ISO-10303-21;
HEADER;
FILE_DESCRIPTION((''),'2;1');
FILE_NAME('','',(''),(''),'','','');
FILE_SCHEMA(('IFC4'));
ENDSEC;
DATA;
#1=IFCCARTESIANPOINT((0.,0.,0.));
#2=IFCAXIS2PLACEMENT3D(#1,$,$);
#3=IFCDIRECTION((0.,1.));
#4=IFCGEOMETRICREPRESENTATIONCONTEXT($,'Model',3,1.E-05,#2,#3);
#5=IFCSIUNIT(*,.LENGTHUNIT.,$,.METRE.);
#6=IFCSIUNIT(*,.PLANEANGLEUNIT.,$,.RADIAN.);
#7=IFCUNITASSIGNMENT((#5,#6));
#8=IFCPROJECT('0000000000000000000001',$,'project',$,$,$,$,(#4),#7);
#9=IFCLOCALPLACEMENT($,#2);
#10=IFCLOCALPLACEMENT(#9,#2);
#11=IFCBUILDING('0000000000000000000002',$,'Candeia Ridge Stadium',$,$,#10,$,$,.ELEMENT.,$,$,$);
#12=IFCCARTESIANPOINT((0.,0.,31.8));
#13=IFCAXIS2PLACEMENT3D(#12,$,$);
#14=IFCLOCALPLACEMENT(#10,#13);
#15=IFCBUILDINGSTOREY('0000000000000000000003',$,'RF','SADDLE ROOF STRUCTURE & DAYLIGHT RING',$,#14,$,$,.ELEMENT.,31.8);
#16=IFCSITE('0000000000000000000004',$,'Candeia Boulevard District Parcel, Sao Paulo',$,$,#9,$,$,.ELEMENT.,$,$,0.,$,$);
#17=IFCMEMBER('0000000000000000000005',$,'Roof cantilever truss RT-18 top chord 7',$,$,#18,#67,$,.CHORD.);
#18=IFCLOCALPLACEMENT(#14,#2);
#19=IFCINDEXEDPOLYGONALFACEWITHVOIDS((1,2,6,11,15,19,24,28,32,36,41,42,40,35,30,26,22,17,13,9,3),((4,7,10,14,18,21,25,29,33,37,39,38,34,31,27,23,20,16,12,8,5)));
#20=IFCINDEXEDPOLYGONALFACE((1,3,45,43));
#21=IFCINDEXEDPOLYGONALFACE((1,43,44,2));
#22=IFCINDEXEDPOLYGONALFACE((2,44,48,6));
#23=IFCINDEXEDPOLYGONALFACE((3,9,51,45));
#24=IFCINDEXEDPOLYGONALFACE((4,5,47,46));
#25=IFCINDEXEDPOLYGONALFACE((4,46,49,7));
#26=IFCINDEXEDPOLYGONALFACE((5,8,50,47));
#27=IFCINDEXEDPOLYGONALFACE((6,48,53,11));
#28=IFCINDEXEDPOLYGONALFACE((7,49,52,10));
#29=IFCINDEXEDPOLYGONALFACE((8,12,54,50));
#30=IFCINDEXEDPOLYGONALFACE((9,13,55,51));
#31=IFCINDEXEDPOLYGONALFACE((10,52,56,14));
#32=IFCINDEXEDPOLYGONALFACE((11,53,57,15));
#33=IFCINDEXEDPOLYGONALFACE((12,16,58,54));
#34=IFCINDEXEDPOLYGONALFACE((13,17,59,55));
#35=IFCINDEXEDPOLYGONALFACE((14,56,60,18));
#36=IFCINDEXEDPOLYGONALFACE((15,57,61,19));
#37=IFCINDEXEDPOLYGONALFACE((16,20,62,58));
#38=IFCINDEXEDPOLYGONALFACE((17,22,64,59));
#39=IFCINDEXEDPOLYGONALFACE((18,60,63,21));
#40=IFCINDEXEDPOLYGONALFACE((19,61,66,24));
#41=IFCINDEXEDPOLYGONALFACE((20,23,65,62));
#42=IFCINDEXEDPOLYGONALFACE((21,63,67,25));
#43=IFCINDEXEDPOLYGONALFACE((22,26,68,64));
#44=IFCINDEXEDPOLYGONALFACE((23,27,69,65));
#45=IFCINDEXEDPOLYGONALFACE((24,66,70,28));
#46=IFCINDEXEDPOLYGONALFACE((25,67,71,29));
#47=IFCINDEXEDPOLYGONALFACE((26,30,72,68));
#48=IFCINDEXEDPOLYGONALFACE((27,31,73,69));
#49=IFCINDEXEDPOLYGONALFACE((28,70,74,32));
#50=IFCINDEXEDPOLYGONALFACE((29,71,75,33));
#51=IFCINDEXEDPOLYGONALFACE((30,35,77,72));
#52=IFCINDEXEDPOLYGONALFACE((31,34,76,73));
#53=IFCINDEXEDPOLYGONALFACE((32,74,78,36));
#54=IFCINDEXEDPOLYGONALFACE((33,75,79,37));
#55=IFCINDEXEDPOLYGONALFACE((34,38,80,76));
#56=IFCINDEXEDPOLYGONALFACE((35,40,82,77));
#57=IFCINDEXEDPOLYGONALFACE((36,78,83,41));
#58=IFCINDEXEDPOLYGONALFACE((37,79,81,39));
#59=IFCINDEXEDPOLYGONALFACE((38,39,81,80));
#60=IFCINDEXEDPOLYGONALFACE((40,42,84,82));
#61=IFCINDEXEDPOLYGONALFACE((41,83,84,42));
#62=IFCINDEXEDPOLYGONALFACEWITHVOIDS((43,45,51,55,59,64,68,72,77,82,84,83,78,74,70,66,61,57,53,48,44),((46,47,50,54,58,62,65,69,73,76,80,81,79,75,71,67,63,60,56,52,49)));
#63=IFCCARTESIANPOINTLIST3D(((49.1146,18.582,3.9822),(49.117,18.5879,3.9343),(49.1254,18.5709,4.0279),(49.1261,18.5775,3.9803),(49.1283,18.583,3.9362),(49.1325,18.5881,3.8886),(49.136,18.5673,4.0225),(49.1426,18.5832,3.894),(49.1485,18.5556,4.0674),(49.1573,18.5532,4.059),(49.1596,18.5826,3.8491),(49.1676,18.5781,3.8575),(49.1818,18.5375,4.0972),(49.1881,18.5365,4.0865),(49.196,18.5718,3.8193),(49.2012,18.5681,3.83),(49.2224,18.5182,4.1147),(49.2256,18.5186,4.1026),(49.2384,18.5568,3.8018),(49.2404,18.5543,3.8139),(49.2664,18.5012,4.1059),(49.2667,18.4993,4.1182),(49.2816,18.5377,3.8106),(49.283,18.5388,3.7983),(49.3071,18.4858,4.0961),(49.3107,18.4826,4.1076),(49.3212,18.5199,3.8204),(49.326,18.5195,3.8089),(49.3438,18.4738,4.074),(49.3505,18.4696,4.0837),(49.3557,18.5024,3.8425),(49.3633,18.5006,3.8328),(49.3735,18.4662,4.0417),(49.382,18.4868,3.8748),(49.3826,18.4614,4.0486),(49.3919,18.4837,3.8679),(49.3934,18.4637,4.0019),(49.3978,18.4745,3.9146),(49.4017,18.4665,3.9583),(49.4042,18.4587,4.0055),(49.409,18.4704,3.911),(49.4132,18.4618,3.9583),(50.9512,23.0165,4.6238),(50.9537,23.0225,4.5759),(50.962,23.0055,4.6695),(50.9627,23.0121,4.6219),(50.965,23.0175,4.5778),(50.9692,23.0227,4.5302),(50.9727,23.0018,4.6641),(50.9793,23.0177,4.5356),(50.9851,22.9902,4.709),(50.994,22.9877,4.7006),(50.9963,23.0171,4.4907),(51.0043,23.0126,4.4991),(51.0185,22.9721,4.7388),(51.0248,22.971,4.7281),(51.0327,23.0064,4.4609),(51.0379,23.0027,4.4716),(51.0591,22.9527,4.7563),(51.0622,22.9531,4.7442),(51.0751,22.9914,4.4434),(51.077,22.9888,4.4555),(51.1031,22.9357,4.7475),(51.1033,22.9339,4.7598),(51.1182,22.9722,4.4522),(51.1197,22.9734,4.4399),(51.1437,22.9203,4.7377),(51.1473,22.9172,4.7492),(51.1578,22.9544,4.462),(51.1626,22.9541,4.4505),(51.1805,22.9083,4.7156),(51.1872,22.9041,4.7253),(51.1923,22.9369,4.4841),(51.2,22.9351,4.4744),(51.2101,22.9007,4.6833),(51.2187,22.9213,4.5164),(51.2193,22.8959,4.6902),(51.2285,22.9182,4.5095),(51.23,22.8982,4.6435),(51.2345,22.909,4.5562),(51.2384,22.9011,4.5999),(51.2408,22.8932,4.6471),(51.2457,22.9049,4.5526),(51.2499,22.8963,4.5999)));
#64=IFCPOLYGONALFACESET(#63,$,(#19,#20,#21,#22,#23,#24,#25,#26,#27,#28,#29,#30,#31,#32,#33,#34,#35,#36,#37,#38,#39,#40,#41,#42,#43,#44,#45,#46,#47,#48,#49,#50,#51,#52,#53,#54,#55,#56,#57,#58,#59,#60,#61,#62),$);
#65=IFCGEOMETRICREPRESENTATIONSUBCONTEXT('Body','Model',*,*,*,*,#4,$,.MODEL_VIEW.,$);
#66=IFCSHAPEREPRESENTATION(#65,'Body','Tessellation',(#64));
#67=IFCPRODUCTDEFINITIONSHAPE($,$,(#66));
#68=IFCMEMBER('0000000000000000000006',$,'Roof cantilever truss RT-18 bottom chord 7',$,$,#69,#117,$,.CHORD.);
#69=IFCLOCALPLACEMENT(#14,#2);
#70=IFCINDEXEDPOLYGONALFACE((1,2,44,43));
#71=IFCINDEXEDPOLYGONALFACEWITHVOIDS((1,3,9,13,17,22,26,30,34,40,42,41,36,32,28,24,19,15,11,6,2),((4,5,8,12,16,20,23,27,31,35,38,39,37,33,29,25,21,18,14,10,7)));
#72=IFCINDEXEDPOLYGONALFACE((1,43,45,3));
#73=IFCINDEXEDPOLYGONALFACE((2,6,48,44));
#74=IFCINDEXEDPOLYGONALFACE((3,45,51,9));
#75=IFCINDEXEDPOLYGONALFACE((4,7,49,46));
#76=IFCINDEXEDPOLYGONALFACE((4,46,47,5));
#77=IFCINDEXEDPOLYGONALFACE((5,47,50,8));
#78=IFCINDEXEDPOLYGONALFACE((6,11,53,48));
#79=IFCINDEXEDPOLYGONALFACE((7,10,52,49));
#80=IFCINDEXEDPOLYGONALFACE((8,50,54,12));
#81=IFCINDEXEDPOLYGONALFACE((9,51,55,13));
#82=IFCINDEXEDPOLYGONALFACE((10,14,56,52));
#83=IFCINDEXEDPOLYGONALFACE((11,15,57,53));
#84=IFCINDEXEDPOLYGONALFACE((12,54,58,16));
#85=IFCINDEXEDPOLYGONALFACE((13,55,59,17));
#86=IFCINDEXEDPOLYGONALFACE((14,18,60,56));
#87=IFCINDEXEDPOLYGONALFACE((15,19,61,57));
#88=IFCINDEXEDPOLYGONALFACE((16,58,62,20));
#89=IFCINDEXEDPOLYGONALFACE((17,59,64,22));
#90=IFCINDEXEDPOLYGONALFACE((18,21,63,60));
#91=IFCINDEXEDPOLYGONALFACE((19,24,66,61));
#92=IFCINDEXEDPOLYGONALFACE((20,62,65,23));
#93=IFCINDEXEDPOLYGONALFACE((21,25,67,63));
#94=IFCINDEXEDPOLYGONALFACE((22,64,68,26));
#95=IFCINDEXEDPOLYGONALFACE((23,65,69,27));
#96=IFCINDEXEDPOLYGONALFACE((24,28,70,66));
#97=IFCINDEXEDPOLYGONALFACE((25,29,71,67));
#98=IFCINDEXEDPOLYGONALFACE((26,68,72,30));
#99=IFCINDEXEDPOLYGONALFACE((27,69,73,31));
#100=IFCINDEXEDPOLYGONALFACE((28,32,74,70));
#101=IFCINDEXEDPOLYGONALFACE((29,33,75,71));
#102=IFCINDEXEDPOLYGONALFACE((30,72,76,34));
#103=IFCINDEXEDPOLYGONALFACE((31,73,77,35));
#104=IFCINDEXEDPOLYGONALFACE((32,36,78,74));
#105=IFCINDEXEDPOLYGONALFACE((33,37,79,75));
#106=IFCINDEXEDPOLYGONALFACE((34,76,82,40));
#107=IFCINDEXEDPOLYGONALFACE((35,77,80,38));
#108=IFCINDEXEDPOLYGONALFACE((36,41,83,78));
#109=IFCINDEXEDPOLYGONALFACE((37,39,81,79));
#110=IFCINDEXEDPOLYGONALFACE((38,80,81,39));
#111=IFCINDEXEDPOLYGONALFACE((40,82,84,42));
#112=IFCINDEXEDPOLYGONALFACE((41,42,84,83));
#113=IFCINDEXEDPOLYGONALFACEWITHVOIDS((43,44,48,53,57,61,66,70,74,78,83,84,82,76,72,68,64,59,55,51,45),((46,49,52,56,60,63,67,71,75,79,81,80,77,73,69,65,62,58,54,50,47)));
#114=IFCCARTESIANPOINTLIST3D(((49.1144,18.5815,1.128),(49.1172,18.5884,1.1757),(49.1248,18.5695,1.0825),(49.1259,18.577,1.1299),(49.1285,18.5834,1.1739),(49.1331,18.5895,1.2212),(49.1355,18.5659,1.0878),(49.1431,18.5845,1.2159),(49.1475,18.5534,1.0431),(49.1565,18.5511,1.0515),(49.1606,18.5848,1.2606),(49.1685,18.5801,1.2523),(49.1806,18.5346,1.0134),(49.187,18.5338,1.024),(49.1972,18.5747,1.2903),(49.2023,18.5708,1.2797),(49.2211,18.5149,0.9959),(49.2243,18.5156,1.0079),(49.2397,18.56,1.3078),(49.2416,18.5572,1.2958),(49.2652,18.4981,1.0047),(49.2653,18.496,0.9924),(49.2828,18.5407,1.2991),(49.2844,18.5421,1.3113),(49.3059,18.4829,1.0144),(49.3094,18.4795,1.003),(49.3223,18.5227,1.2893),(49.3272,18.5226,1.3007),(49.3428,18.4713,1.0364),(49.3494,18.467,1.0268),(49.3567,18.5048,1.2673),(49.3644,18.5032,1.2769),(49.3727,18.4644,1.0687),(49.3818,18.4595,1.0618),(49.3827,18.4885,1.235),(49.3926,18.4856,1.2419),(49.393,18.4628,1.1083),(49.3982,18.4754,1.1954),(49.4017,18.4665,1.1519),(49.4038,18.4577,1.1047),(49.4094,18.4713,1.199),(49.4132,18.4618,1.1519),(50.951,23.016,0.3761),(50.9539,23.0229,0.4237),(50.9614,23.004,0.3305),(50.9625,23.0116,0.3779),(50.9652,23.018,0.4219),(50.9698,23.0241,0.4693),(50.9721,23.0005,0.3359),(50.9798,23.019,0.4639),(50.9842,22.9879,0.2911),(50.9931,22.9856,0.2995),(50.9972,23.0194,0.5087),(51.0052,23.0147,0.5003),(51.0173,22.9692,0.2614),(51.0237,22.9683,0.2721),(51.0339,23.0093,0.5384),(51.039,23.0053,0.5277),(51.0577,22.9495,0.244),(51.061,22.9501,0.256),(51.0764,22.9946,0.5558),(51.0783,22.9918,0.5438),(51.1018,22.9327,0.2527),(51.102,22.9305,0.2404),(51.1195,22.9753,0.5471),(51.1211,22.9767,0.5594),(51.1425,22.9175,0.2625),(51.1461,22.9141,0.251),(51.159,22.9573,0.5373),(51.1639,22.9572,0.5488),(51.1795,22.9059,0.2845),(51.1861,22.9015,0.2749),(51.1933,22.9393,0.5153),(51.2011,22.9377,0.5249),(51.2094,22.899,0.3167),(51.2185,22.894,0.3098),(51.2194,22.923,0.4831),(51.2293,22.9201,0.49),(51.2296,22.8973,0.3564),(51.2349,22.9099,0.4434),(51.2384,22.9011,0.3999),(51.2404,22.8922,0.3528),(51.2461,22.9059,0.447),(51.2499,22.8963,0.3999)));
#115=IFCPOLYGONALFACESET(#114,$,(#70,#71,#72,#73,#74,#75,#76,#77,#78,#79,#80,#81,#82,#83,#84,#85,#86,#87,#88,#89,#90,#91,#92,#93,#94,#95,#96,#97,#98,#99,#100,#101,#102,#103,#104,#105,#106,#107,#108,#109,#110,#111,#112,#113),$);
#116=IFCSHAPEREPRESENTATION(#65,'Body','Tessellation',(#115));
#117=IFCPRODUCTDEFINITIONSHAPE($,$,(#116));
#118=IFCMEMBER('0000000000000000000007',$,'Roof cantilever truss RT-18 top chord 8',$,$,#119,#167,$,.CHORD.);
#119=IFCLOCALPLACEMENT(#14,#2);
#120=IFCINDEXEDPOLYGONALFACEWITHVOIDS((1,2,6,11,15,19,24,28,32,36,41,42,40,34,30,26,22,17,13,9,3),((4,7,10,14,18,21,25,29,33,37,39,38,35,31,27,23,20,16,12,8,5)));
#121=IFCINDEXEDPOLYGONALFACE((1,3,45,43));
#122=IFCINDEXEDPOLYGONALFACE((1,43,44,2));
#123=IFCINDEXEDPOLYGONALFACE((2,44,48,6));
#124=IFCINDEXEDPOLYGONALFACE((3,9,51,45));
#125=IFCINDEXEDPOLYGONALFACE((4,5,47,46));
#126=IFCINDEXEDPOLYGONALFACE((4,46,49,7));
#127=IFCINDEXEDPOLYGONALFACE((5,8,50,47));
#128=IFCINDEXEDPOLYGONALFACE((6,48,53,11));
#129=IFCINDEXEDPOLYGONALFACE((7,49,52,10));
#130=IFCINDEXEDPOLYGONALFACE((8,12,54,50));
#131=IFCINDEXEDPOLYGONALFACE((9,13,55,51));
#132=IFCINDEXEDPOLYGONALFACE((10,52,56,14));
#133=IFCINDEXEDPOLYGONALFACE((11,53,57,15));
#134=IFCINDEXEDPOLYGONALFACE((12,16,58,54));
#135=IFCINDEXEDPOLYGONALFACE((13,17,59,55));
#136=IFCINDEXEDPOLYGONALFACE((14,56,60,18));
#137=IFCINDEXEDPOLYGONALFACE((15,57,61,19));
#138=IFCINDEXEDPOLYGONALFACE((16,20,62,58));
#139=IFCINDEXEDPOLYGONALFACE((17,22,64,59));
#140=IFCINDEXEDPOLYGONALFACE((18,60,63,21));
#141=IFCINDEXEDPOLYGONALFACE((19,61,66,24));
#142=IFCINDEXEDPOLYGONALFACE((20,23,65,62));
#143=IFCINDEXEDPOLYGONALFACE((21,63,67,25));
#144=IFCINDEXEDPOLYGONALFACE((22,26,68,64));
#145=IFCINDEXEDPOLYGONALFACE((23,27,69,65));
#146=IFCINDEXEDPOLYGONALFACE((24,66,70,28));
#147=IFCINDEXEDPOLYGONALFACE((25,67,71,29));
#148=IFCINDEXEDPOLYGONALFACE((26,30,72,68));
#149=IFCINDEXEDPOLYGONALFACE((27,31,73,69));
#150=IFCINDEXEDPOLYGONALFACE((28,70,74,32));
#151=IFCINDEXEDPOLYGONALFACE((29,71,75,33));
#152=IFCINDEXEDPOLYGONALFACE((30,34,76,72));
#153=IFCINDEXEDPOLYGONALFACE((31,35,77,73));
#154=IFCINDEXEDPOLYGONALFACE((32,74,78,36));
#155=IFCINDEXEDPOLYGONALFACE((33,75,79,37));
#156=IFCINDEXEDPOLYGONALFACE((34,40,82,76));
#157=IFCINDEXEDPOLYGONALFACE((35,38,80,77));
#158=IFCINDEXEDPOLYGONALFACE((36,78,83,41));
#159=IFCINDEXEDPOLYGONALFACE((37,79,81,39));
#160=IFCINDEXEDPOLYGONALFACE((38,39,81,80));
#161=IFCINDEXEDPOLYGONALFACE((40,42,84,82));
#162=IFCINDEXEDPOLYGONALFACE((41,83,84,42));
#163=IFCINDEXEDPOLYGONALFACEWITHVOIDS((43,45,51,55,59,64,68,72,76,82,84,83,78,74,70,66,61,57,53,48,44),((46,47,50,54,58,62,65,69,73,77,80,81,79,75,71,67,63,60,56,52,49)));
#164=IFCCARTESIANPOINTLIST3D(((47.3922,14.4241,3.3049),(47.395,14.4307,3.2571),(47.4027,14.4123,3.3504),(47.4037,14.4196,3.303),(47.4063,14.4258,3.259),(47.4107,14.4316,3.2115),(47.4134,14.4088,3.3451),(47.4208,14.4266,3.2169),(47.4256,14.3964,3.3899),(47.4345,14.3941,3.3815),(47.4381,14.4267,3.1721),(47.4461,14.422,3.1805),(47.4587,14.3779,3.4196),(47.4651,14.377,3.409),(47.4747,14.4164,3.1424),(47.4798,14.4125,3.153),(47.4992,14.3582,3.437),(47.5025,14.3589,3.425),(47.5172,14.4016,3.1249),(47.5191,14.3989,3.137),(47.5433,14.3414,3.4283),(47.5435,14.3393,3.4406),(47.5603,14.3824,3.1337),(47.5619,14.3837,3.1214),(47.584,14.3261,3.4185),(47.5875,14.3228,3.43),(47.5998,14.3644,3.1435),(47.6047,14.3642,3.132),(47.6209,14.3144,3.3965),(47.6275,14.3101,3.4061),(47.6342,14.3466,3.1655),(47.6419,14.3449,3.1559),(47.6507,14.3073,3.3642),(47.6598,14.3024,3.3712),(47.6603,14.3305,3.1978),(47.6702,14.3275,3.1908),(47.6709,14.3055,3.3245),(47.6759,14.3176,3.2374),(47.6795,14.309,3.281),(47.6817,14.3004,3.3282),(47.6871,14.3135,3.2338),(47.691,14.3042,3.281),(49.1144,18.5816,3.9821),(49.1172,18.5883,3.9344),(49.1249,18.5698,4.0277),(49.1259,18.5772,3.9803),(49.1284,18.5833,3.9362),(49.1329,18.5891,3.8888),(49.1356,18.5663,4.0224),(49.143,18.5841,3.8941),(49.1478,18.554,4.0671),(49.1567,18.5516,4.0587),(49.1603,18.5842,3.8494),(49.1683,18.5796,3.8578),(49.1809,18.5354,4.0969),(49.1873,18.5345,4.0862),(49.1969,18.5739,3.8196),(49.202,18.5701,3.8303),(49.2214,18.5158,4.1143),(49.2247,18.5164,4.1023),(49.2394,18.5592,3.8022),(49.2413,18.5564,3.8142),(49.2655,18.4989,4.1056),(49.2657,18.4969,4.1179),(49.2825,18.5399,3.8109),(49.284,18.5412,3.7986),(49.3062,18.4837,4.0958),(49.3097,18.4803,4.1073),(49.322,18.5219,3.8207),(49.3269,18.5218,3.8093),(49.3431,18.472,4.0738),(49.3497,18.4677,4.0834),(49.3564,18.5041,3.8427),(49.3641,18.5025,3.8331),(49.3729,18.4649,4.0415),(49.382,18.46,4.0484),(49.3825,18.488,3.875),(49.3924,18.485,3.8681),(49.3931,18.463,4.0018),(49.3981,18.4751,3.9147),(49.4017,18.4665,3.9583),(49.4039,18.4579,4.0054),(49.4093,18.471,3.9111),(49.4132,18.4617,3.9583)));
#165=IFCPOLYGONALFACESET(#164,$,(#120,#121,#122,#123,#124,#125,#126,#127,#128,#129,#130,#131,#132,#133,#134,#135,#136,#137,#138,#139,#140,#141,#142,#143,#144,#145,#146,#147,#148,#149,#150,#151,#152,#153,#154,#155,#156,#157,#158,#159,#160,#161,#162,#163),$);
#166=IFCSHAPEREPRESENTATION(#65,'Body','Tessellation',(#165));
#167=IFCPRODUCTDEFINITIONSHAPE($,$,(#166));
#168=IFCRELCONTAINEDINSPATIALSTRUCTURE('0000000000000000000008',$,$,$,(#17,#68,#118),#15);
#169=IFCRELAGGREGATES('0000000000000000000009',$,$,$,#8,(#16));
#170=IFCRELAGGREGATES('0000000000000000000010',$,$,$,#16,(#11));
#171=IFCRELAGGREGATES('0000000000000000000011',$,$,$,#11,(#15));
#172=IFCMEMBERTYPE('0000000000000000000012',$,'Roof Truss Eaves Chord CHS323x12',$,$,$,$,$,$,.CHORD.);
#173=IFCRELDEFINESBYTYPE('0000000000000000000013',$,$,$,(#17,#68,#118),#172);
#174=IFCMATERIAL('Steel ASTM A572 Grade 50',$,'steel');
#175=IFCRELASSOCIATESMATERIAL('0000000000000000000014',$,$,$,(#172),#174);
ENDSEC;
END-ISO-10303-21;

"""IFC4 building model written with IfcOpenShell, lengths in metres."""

from ifc_helpers import new_model, si_unit, direction, frame, origin, origin_2d, place, context, subcontext, project, spatial, hollow_circle, extrude, material, material_profile, profile_set, type_object, element, save


model = new_model("IFC4")

# Units and contexts
model_context = context("Model", 3, precision=1e-05, world=origin(), true_north=direction((0.0, 1.0)))
body_context = subcontext(model_context, "Body", "Model", "MODEL_VIEW")
ifc_project = project(units=[si_unit("LENGTHUNIT", "METRE"), si_unit("PLANEANGLEUNIT", "RADIAN")], contexts=[model_context])

# Site, building, storey
site_placement = place(None, origin())
site = spatial("IfcSite", under=ifc_project, at=site_placement, Name="Candeia Boulevard District Parcel, Sao Paulo", CompositionType="ELEMENT", RefElevation=0.0)
building_placement = place(site_placement, origin())
building = spatial("IfcBuilding", under=site, at=building_placement, Name="Candeia Ridge Stadium", CompositionType="ELEMENT")
storey_placement = place(building_placement, frame((0.0, 0.0, 31.8)))
storey = spatial("IfcBuildingStorey", under=building, at=storey_placement, Name="RF", Description="SADDLE ROOF STRUCTURE & DAYLIGHT RING", CompositionType="ELEMENT", Elevation=31.8)

# Shared definitions
ifc_material_1 = material(Name="Steel ASTM A572 Grade 50", Category="steel")

# Members
ifc_material_profile_1 = material_profile(ifc_material_1, hollow_circle(Radius=0.1619, WallThickness=0.0125, at=origin_2d()), Name="CHS323x12", Category="steel")
ifc_profile_set_1 = profile_set([ifc_material_profile_1], Name="Steel ASTM A572 Grade 50")
member_type_1 = type_object("IfcMemberType", Name="Roof Truss Eaves Chord CHS323x12", PredefinedType="CHORD", material=ifc_profile_set_1)
member_1_placement = place(storey_placement, frame((51.1003, 22.9583, 4.5999), z_axis=(-0.379276, -0.915748, -0.132492), x_axis=(0.923893, -0.38265, 0.0)))
element("IfcMember", 1, at=member_1_placement, inside=storey, type_object=member_type_1, Name="Roof cantilever truss RT-18 top chord 7", PredefinedType="CHORD", context=body_context, shape_type="SweptSolid", body=[
    extrude(hollow_circle(Radius=0.1619, WallThickness=0.0125, at=origin_2d()), origin(), (0.0, 0.0, 1.0), 4.8425),
])
member_2_placement = place(storey_placement, frame((51.1003, 22.9583, 0.3999), z_axis=(-0.378039, -0.912761, 0.154773), x_axis=(0.923893, -0.38265, 0.0)))
element("IfcMember", 2, at=member_2_placement, inside=storey, type_object=member_type_1, Name="Roof cantilever truss RT-18 bottom chord 7", PredefinedType="CHORD", context=body_context, shape_type="SweptSolid", body=[
    extrude(hollow_circle(Radius=0.1619, WallThickness=0.0125, at=origin_2d()), origin(), (0.0, 0.0, 1.0), 4.8584),
])
member_3_placement = place(storey_placement, frame((49.2637, 18.5237, 3.9583), z_axis=(-0.378438, -0.913584, -0.148822), x_axis=(0.923873, -0.3827, 0.0)))
element("IfcMember", 3, at=member_3_placement, inside=storey, type_object=member_type_1, Name="Roof cantilever truss RT-18 top chord 8", PredefinedType="CHORD", context=body_context, shape_type="SweptSolid", body=[
    extrude(hollow_circle(Radius=0.1619, WallThickness=0.0125, at=origin_2d()), origin(), (0.0, 0.0, 1.0), 4.5508),
])

save(model, "model.ifc")
